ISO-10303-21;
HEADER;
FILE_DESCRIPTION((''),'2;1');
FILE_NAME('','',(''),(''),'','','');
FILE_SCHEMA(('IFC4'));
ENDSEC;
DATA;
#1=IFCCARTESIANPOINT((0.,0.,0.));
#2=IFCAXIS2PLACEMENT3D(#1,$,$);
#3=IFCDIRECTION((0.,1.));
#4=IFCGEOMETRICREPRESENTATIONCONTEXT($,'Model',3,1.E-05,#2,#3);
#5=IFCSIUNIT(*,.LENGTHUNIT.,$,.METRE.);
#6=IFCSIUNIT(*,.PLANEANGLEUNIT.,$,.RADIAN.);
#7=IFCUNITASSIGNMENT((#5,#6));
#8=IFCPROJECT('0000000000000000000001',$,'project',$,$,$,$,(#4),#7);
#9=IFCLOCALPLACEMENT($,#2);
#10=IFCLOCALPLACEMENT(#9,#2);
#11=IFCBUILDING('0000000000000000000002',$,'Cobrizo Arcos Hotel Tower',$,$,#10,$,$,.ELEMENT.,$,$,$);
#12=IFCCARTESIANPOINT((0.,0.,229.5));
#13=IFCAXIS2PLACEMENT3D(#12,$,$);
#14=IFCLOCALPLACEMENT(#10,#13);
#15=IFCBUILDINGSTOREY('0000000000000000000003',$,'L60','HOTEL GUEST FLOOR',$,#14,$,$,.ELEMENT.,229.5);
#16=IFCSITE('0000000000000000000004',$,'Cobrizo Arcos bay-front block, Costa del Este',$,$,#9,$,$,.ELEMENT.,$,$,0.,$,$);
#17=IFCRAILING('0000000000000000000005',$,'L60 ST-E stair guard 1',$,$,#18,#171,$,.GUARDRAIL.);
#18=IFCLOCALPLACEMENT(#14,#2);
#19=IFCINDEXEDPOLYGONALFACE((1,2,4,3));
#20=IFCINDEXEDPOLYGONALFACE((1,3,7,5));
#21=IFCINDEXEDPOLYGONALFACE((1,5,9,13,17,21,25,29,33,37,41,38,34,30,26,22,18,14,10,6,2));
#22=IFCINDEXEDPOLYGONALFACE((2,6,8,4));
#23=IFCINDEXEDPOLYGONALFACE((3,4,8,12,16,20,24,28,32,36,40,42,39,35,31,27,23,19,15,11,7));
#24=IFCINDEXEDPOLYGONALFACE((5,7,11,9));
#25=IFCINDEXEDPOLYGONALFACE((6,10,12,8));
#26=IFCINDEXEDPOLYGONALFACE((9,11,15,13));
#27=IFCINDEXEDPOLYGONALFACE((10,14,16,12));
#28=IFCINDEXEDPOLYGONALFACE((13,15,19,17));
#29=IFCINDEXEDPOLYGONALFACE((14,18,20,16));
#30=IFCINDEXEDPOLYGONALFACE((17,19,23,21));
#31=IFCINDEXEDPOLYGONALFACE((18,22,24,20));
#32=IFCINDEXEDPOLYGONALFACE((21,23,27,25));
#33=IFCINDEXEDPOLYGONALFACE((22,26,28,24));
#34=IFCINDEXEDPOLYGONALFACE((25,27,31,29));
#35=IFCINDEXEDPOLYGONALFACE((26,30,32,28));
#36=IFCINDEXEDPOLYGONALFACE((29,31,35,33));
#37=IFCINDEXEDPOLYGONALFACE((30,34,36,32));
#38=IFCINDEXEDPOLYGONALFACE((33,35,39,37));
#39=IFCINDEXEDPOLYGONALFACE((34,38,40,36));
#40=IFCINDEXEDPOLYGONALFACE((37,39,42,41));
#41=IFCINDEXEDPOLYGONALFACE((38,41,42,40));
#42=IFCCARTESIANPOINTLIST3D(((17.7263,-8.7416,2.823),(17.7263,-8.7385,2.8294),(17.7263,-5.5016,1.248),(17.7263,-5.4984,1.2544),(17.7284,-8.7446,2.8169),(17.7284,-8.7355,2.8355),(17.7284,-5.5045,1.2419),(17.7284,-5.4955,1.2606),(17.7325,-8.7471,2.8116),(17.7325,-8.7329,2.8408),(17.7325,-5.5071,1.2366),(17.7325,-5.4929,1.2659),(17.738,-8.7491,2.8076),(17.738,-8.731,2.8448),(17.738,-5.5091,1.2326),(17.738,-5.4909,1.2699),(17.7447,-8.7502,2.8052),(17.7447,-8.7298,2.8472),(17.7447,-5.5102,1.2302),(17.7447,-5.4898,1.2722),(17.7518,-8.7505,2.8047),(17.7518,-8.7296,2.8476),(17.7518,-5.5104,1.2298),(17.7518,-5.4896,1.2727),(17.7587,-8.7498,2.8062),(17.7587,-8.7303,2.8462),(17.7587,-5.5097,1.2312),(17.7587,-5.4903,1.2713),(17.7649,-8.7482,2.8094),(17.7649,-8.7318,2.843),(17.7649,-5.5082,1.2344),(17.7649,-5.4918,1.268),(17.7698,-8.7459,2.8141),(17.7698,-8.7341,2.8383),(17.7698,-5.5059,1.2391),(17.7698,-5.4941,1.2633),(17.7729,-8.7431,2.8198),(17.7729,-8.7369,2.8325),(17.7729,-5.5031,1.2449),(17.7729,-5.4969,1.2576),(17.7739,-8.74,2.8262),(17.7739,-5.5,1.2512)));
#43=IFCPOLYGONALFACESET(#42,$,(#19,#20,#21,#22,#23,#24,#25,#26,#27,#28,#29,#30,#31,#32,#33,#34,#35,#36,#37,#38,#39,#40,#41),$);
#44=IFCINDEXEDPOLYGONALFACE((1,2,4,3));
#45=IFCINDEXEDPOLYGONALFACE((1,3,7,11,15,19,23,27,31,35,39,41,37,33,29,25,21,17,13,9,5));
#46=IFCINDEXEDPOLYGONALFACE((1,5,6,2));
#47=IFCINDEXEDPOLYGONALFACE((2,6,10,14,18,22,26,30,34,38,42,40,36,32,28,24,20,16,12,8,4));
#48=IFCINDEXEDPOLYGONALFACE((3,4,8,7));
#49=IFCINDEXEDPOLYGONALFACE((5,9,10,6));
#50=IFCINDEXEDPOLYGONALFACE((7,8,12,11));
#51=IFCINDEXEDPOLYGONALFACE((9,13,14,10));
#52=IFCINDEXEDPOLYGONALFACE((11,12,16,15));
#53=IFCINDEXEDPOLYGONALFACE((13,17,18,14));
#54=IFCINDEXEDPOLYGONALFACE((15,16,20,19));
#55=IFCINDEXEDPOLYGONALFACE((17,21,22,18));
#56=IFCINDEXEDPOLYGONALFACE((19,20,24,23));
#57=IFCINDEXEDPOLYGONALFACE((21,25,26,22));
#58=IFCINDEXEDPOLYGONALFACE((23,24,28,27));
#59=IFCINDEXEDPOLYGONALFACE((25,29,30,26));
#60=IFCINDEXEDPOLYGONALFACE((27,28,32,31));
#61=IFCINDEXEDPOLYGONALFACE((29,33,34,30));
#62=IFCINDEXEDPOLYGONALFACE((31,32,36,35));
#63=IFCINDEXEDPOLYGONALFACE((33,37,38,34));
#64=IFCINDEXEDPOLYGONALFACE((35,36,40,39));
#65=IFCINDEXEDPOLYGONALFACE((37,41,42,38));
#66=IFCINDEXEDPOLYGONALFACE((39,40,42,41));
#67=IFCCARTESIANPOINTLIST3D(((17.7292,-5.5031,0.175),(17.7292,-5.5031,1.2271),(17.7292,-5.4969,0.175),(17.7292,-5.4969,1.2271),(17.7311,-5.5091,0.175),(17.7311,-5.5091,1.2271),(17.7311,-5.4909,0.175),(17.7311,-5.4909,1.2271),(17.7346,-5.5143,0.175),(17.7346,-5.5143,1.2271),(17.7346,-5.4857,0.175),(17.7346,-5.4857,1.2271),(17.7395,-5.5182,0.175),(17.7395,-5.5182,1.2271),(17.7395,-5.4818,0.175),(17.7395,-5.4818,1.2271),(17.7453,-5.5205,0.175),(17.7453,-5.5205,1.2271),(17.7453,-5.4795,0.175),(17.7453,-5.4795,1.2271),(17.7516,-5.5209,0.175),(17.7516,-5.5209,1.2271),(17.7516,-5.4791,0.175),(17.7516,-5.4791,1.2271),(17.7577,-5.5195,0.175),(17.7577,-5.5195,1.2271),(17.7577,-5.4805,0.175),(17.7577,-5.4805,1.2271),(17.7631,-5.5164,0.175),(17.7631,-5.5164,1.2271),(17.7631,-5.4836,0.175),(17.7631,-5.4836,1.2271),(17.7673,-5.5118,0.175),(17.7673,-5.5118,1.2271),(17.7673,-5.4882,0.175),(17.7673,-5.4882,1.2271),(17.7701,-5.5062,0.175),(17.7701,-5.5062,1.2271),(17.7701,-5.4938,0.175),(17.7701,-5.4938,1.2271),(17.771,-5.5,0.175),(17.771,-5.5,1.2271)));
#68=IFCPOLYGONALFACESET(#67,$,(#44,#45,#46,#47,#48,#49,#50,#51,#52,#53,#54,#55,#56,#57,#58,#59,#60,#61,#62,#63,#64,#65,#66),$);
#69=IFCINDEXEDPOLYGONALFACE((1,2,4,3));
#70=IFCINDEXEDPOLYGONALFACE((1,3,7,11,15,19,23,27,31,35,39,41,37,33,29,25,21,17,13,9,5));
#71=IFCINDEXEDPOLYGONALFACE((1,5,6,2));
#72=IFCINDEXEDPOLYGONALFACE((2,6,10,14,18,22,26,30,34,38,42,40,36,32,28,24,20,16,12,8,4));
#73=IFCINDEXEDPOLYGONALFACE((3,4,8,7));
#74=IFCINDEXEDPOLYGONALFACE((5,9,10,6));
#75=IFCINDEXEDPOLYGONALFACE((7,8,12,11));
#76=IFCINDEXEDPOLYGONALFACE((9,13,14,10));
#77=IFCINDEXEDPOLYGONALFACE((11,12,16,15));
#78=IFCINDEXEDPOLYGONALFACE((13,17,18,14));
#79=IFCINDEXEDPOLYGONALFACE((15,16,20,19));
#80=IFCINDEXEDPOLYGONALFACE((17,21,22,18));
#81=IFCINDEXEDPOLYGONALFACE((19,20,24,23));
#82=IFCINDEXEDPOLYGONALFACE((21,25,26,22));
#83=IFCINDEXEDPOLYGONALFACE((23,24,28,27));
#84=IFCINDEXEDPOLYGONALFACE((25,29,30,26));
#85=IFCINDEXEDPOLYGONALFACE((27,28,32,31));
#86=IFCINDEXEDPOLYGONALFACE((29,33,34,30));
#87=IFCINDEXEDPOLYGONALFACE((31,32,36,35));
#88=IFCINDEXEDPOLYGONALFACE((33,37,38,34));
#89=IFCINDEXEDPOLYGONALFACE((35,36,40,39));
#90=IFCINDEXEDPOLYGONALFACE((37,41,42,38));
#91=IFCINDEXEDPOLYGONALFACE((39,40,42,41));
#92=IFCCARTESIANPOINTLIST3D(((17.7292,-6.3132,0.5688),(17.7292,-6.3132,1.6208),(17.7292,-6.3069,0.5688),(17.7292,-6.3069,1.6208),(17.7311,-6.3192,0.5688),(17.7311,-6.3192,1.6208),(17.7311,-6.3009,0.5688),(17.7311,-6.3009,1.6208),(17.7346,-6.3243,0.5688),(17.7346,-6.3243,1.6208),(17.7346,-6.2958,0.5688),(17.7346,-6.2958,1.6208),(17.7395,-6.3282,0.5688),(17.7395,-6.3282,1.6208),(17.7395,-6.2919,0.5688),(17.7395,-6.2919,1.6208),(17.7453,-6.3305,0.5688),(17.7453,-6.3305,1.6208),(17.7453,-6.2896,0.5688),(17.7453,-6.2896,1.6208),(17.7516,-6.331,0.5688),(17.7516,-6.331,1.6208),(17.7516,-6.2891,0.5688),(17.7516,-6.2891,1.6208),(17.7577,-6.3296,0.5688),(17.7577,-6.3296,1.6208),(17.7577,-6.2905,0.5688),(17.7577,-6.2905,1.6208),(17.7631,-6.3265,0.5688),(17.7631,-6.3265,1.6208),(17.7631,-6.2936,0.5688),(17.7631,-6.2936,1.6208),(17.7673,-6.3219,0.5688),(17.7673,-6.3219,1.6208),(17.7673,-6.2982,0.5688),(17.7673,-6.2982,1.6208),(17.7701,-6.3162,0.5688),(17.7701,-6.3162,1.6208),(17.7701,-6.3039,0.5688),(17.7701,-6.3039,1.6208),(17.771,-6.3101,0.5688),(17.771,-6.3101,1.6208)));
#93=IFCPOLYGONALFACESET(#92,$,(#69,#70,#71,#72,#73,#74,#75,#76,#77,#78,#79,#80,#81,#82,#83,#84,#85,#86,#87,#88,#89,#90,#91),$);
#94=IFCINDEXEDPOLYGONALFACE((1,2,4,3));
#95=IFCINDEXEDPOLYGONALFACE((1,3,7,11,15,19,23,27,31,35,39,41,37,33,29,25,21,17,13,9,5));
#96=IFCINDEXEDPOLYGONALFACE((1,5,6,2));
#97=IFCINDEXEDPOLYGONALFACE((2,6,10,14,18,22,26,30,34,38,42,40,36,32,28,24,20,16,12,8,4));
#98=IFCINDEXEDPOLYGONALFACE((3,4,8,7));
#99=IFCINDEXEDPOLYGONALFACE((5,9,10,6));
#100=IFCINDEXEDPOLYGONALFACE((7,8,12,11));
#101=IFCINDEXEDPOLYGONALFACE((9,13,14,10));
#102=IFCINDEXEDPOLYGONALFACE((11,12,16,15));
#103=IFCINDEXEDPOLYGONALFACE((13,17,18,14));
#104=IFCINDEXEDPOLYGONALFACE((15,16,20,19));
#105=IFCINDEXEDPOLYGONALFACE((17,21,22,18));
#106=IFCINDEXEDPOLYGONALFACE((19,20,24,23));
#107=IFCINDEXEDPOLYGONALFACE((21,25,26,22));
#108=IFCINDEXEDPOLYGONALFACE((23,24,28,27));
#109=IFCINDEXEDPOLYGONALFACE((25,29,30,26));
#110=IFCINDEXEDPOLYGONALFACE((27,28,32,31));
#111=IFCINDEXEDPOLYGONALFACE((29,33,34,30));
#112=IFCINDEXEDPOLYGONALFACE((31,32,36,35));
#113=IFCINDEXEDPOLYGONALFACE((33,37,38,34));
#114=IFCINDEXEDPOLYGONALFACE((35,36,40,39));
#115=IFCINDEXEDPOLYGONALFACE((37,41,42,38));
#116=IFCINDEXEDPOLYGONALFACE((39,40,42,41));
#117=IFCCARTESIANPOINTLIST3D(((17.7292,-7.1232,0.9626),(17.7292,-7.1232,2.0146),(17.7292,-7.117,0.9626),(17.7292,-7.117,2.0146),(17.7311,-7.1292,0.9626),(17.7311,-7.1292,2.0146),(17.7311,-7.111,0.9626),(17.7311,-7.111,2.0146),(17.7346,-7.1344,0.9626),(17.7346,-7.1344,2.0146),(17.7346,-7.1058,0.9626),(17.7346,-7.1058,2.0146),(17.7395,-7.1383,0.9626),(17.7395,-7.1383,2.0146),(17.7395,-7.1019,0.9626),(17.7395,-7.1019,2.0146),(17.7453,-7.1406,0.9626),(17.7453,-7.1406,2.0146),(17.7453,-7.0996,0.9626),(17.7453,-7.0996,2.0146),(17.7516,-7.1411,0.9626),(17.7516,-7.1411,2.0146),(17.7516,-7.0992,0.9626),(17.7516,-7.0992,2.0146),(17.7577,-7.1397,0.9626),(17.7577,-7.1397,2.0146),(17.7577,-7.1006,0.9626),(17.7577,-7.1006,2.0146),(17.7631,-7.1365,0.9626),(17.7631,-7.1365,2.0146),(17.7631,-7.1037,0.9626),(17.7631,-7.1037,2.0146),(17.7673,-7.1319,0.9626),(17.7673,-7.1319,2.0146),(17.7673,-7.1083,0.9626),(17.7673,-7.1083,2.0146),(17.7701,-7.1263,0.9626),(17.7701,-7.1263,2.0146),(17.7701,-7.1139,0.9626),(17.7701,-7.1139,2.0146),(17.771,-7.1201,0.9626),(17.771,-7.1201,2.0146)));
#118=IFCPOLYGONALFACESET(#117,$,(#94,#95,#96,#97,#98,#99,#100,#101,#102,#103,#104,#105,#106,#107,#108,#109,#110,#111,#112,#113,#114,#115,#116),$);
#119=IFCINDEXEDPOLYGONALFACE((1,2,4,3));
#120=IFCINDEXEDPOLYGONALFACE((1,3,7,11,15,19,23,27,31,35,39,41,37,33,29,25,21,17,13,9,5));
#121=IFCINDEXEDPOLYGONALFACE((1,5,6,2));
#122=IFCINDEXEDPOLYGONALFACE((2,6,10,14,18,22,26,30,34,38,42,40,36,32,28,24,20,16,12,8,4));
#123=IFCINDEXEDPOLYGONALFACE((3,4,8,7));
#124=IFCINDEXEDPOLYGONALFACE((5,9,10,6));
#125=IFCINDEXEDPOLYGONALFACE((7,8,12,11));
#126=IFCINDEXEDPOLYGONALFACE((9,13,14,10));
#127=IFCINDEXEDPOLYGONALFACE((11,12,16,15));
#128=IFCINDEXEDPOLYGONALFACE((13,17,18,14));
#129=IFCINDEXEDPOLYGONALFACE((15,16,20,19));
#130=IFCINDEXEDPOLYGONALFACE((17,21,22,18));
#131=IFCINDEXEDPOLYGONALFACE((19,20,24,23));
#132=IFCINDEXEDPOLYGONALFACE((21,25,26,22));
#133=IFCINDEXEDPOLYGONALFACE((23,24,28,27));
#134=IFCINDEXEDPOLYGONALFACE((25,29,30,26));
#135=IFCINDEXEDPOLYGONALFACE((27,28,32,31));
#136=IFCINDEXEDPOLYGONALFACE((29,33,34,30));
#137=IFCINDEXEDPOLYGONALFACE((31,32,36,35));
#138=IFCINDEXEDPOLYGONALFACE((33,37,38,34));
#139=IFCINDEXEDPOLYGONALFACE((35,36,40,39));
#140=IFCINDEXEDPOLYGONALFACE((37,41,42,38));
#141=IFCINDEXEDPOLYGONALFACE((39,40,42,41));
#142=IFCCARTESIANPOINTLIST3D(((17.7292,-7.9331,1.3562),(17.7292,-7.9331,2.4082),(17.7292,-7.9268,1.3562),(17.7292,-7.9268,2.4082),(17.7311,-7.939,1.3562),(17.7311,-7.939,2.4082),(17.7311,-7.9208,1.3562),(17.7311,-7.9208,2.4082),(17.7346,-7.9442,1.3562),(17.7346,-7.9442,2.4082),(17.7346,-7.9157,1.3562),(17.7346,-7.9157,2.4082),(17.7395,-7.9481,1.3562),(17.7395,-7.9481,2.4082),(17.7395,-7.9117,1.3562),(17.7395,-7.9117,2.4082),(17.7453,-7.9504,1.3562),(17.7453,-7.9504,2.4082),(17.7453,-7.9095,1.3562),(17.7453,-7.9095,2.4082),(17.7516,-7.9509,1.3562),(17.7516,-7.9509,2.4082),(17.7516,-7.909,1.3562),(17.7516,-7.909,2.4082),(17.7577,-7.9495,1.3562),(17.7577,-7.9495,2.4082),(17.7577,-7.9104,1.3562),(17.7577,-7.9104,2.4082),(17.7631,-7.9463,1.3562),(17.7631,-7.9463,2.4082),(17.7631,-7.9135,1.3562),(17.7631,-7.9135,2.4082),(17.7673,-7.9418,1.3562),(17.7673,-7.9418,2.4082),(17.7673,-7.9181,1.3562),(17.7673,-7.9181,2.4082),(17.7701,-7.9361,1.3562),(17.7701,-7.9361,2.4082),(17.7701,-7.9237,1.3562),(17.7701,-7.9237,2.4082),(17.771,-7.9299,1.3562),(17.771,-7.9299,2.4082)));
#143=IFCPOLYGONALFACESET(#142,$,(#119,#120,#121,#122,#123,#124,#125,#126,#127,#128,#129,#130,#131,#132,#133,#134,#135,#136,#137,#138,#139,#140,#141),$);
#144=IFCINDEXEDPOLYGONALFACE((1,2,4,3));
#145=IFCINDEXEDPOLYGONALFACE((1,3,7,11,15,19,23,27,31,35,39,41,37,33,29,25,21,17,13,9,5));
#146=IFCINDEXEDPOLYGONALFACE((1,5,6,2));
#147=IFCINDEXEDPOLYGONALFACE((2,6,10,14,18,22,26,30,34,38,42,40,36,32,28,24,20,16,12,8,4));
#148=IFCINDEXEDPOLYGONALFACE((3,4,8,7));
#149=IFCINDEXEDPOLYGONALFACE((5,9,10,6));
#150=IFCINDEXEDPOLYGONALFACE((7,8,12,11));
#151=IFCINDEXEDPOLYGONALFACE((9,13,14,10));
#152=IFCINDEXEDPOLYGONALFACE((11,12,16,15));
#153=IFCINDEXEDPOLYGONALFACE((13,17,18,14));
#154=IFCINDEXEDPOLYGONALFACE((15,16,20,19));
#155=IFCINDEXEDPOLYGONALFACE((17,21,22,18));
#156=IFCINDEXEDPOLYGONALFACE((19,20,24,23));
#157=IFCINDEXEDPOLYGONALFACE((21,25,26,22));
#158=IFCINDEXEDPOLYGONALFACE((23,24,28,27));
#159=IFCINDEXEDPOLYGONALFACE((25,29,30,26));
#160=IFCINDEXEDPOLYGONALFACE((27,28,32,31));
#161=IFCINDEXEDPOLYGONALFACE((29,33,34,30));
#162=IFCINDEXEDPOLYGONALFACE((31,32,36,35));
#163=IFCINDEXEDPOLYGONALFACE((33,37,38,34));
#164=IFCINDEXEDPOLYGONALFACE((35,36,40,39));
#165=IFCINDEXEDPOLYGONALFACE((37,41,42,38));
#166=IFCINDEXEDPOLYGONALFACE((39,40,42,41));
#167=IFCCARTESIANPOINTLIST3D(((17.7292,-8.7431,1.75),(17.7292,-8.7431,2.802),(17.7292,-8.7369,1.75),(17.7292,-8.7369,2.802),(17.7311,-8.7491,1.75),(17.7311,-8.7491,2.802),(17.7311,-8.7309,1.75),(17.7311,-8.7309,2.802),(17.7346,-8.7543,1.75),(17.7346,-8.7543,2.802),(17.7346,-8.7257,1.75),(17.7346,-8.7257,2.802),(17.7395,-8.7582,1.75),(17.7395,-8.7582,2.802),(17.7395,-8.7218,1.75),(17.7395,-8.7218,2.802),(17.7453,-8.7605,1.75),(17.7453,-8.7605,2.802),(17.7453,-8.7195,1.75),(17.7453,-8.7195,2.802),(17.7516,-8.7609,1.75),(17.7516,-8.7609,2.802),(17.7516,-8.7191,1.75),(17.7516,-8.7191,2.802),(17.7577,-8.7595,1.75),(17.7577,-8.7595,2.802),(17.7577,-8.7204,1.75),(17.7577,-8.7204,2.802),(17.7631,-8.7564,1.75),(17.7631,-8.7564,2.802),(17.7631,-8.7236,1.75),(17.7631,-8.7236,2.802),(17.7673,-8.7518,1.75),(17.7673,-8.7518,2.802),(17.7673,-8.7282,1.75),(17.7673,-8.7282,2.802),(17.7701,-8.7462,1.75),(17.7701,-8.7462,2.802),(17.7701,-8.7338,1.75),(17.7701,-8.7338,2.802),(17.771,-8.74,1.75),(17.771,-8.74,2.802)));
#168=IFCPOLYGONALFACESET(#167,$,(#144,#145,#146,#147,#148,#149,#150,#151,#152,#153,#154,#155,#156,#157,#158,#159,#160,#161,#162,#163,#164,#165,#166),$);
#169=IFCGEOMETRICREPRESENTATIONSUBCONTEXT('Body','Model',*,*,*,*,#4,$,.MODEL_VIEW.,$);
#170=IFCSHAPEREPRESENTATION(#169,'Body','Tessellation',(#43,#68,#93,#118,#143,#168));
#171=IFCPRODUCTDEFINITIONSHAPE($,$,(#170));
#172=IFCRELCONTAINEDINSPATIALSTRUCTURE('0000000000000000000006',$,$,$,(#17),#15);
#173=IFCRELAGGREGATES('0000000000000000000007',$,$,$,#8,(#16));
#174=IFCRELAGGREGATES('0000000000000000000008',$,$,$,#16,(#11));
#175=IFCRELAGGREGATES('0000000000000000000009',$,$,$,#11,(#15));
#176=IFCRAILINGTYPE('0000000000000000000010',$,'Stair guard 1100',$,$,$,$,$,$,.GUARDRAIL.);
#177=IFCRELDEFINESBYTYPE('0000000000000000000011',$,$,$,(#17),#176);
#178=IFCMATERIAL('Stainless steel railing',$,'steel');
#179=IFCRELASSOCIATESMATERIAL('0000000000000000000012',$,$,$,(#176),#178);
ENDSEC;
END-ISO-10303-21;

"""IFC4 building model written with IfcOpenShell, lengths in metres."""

from ifc_helpers import new_model, si_unit, direction, frame, origin, origin_2d, place, context, subcontext, project, spatial, circle, extrude, material, type_object, element, save


model = new_model("IFC4")

# Units and contexts
model_context = context("Model", 3, precision=1e-05, world=origin(), true_north=direction((0.0, 1.0)))
body_context = subcontext(model_context, "Body", "Model", "MODEL_VIEW")
ifc_project = project(units=[si_unit("LENGTHUNIT", "METRE"), si_unit("PLANEANGLEUNIT", "RADIAN")], contexts=[model_context])

# Site, building, storey
site_placement = place(None, origin())
site = spatial("IfcSite", under=ifc_project, at=site_placement, Name="Cobrizo Arcos bay-front block, Costa del Este", CompositionType="ELEMENT", RefElevation=0.0)
building_placement = place(site_placement, origin())
building = spatial("IfcBuilding", under=site, at=building_placement, Name="Cobrizo Arcos Hotel Tower", CompositionType="ELEMENT")
storey_placement = place(building_placement, frame((0.0, 0.0, 229.5)))
storey = spatial("IfcBuildingStorey", under=building, at=storey_placement, Name="L60", Description="HOTEL GUEST FLOOR", CompositionType="ELEMENT", Elevation=229.5)

# Railing
ifc_material_1 = material(Name="Stainless steel railing", Category="steel")
railing_type_1 = type_object("IfcRailingType", Name="Stair guard 1100", PredefinedType="GUARDRAIL", material=ifc_material_1)
railing_1_placement = place(storey_placement, frame((17.75, -5.5, 0.175)))
element("IfcRailing", 1, at=railing_1_placement, inside=storey, type_object=railing_type_1, Name="L60 ST-E stair guard 1", PredefinedType="GUARDRAIL", context=body_context, shape_type="SweptSolid", body=[
    extrude(circle(Radius=0.0239, at=origin_2d()), frame((0.0, 0.0, 1.0762), z_axis=(0.0, -0.899373, 0.437183), x_axis=(1.0, 0.0, 0.0)), (0.0, 0.0, 1.0), 3.6025),
    extrude(circle(Radius=0.021, at=origin_2d()), origin(), (0.0, 0.0, 1.0), 1.052),
    extrude(circle(Radius=0.021, at=origin_2d()), frame((0.0, -0.8101, 0.3938)), (0.0, 0.0, 1.0), 1.052),
    extrude(circle(Radius=0.021, at=origin_2d()), frame((0.0, -1.6201, 0.7876)), (0.0, 0.0, 1.0), 1.052),
    extrude(circle(Radius=0.021, at=origin_2d()), frame((0.0, -2.4299, 1.1812)), (0.0, 0.0, 1.0), 1.052),
    extrude(circle(Radius=0.021, at=origin_2d()), frame((0.0, -3.24, 1.575)), (0.0, 0.0, 1.0), 1.052),
])

save(model, "model.ifc")
